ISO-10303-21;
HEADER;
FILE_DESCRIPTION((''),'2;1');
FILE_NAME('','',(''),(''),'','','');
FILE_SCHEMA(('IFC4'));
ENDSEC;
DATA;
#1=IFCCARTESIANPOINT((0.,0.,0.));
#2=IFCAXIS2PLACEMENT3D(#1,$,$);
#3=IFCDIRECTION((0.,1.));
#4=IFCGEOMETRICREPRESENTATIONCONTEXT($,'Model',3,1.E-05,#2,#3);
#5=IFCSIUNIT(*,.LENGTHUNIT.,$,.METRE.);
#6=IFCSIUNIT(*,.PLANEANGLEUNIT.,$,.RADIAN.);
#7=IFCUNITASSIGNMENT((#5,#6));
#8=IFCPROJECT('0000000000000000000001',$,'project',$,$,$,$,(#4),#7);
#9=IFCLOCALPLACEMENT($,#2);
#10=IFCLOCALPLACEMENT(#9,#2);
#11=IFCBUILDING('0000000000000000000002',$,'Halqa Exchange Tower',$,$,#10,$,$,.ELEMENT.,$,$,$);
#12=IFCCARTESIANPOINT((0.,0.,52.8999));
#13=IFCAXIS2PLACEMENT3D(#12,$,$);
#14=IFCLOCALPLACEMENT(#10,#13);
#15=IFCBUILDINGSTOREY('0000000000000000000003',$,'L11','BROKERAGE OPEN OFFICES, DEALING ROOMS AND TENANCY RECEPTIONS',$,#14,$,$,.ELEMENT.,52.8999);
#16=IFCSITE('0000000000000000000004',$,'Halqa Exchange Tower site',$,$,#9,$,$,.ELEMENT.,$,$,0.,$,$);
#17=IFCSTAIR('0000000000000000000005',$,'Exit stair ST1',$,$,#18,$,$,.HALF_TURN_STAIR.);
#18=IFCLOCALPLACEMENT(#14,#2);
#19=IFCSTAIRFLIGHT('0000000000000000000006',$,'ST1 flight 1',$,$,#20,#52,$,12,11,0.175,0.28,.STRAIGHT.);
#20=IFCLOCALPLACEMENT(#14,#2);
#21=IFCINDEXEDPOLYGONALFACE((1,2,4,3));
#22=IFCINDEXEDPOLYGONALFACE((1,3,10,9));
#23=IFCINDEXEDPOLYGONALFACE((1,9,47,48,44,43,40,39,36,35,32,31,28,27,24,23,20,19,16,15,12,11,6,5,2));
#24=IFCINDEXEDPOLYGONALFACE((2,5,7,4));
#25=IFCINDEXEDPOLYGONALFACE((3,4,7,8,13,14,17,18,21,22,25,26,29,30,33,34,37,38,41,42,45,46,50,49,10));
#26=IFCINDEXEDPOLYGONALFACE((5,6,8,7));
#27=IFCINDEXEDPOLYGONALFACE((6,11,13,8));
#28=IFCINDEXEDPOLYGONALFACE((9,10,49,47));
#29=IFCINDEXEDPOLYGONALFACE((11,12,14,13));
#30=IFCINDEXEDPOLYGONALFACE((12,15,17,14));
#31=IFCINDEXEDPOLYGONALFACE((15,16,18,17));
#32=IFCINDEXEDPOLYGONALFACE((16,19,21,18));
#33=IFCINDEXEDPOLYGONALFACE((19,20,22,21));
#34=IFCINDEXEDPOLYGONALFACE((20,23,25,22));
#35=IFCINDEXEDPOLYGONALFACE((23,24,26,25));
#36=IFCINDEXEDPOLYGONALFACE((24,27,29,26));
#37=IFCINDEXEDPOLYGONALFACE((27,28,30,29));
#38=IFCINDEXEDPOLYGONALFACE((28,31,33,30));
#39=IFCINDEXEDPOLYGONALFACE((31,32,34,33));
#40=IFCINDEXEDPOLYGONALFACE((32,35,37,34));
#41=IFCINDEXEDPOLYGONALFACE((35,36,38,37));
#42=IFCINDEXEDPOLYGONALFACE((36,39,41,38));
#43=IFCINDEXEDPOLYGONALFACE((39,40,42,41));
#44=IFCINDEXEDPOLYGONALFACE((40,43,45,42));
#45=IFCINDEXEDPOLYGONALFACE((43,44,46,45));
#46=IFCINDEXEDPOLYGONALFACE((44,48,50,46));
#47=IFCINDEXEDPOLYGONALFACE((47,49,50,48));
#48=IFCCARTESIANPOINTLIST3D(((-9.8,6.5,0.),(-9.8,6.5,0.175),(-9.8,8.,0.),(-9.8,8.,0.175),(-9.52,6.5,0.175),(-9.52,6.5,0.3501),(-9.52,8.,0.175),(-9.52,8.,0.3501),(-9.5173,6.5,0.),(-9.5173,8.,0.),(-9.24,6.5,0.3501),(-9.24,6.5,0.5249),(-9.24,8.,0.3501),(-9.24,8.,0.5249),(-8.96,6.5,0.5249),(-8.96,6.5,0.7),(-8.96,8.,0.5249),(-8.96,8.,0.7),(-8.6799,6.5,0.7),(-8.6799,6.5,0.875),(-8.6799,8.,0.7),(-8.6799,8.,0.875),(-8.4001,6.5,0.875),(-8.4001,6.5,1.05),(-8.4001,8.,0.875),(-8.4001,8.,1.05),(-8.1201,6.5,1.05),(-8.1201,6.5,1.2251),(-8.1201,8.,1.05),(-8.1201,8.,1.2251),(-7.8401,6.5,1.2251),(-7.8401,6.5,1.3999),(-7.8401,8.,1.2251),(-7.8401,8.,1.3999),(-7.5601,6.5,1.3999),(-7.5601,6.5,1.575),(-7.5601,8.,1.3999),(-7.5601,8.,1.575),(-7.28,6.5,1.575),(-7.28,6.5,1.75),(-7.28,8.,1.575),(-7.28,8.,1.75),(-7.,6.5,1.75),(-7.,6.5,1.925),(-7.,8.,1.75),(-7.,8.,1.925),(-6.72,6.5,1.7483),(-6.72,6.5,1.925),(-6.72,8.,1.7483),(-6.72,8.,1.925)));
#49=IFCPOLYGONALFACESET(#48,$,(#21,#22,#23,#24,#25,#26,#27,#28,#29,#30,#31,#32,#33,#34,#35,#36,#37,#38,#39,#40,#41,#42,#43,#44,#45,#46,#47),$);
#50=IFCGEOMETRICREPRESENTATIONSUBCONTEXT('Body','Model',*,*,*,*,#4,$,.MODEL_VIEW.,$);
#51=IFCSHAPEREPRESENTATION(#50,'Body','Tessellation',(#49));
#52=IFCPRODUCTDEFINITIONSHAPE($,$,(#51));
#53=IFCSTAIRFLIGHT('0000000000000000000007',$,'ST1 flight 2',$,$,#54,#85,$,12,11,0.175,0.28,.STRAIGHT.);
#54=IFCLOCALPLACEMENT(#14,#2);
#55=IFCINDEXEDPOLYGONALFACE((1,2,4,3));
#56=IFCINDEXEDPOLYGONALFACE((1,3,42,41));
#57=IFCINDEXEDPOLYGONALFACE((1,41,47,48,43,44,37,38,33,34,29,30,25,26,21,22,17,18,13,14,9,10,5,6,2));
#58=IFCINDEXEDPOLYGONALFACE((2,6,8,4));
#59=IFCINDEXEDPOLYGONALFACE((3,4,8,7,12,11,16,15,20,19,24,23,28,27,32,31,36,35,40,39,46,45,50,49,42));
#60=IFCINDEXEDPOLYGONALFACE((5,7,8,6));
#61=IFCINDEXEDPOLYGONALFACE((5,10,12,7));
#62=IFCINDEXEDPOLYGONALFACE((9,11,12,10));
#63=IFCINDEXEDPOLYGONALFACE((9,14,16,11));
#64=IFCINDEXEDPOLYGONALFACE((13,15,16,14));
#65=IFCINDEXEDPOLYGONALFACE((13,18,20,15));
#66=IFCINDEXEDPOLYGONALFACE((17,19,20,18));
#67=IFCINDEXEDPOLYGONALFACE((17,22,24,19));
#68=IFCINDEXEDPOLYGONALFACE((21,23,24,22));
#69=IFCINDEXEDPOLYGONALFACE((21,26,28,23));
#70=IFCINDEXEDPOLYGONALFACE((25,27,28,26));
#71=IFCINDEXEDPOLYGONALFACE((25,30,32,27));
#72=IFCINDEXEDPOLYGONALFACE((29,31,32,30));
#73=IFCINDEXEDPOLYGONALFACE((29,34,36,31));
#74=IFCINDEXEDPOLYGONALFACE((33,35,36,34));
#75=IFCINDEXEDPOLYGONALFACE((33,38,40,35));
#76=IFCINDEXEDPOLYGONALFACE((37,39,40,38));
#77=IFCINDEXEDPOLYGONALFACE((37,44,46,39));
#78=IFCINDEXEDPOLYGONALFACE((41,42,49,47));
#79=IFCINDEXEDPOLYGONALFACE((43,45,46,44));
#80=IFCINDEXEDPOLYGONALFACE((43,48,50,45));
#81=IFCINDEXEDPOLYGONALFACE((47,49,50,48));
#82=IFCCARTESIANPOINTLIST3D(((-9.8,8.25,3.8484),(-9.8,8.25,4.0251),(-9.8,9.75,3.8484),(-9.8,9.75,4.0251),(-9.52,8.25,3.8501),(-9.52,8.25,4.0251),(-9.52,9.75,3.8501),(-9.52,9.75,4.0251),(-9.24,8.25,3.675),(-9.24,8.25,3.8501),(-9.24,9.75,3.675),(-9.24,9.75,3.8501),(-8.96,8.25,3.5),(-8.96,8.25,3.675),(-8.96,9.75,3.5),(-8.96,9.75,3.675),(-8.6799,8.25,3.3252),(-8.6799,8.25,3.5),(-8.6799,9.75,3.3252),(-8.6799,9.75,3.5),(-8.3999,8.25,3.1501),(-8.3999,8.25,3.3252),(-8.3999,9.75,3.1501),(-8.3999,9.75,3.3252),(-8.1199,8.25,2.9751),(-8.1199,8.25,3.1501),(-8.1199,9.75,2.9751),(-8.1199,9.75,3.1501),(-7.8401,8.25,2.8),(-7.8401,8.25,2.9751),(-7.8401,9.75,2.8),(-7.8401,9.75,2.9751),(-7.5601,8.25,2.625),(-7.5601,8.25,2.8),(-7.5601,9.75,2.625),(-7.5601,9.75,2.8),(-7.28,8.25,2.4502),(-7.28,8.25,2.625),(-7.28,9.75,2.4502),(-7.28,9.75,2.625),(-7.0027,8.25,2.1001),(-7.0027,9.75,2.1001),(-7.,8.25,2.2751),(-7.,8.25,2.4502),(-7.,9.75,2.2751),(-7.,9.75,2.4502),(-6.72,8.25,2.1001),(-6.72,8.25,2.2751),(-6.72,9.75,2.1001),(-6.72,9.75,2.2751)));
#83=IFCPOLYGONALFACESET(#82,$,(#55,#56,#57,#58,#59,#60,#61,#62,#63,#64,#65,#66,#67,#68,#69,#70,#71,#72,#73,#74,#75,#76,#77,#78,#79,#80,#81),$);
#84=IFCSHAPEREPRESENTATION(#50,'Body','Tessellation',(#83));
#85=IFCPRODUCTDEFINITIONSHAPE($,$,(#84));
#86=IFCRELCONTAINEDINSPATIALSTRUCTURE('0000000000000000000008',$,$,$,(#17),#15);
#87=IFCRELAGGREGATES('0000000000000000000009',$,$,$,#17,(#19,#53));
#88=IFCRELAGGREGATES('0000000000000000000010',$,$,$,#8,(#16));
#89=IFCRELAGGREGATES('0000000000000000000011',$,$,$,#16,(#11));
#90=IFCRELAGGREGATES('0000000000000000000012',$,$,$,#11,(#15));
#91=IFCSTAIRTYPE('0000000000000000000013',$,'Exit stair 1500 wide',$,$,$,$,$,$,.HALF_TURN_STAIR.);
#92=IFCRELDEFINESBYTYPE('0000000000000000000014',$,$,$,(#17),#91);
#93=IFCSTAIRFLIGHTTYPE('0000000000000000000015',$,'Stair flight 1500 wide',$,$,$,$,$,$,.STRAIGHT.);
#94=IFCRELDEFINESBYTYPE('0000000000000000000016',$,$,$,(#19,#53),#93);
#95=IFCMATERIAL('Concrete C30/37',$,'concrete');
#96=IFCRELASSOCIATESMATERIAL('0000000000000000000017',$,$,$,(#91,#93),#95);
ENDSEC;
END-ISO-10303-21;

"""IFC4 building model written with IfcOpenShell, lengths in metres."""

from ifc_helpers import new_model, si_unit, direction, frame, origin, place, context, subcontext, project, spatial, polyline, outline, extrude, material, type_object, element, aggregate, save


model = new_model("IFC4")

# Units and contexts
model_context = context("Model", 3, precision=1e-05, world=origin(), true_north=direction((0.0, 1.0)))
body_context = subcontext(model_context, "Body", "Model", "MODEL_VIEW")
ifc_project = project(units=[si_unit("LENGTHUNIT", "METRE"), si_unit("PLANEANGLEUNIT", "RADIAN")], contexts=[model_context])

# Site, building, storey
site_placement = place(None, origin())
site = spatial("IfcSite", under=ifc_project, at=site_placement, Name="Halqa Exchange Tower site", CompositionType="ELEMENT", RefElevation=0.0)
building_placement = place(site_placement, origin())
building = spatial("IfcBuilding", under=site, at=building_placement, Name="Halqa Exchange Tower", CompositionType="ELEMENT")
storey_placement = place(building_placement, frame((0.0, 0.0, 52.8999)))
storey = spatial("IfcBuildingStorey", under=building, at=storey_placement, Name="L11", Description="BROKERAGE OPEN OFFICES, DEALING ROOMS AND TENANCY RECEPTIONS", CompositionType="ELEMENT", Elevation=52.8999)

# Shared definitions
ifc_material_1 = material(Name="Concrete C30/37", Category="concrete")

# Stair, stair flights
stair_type = type_object("IfcStairType", Name="Exit stair 1500 wide", PredefinedType="HALF_TURN_STAIR", material=ifc_material_1)
stair_placement = place(storey_placement, origin())
stair = element("IfcStair", 1, at=stair_placement, inside=storey, type_object=stair_type, Name="Exit stair ST1", PredefinedType="HALF_TURN_STAIR")
stair_flight_type = type_object("IfcStairFlightType", Name="Stair flight 1500 wide", PredefinedType="STRAIGHT", material=ifc_material_1)
stair_flight_1_placement = place(storey_placement, frame((-9.8, 7.25, 0.0), z_axis=(0.0, 0.0, 1.0), x_axis=(1.0, 0.0, 0.0)))
stair_flight_1 = element("IfcStairFlight", 2, at=stair_flight_1_placement, type_object=stair_flight_type, Name="ST1 flight 1", NumberOfRisers=12, NumberOfTreads=11, PredefinedType="STRAIGHT", RiserHeight=0.175, TreadLength=0.28, context=body_context, shape_type="SweptSolid", body=[
    extrude(outline(polyline([(0.0, 0.0), (0.0, 0.175), (0.28, 0.175), (0.28, 0.3501), (0.5601, 0.3501), (0.5601, 0.5249), (0.8401, 0.5249), (0.8401, 0.7), (1.1201, 0.7), (1.1201, 0.875), (1.3999, 0.875), (1.3999, 1.05), (1.6799, 1.05), (1.6799, 1.2251), (1.96, 1.2251), (1.96, 1.3999), (2.24, 1.3999), (2.24, 1.575), (2.52, 1.575), (2.52, 1.75), (2.8, 1.75), (2.8, 1.925), (3.0801, 1.925), (3.0801, 2.1001), (3.0801, 1.7483), (0.2827, 0.0), (0.0, 0.0)])), frame((0.0, 0.75, 0.0), z_axis=(0.0, -1.0, 0.0), x_axis=(1.0, 0.0, 0.0)), (0.0, 0.0, 1.0), 1.5),
])
stair_flight_2_placement = place(storey_placement, frame((-6.72, 9.0, 2.1001), z_axis=(0.0, 0.0, 1.0), x_axis=(-1.0, 0.0, 0.0)))
stair_flight_2 = element("IfcStairFlight", 3, at=stair_flight_2_placement, type_object=stair_flight_type, Name="ST1 flight 2", NumberOfRisers=12, NumberOfTreads=11, PredefinedType="STRAIGHT", RiserHeight=0.175, TreadLength=0.28, context=body_context, shape_type="SweptSolid", body=[
    extrude(outline(polyline([(0.0, 0.0), (0.0, 0.175), (0.28, 0.175), (0.28, 0.3501), (0.5601, 0.3501), (0.5601, 0.5249), (0.8401, 0.5249), (0.8401, 0.7), (1.1201, 0.7), (1.1201, 0.875), (1.3999, 0.875), (1.3999, 1.05), (1.6799, 1.05), (1.6799, 1.2251), (1.96, 1.2251), (1.96, 1.3999), (2.24, 1.3999), (2.24, 1.575), (2.52, 1.575), (2.52, 1.75), (2.8, 1.75), (2.8, 1.925), (3.0801, 1.925), (3.0801, 2.1001), (3.0801, 1.7483), (0.2827, 0.0), (0.0, 0.0)])), frame((0.0, 0.75, 0.0), z_axis=(0.0, -1.0, 0.0), x_axis=(1.0, 0.0, 0.0)), (0.0, 0.0, 1.0), 1.5),
])
aggregate(stair, [stair_flight_1, stair_flight_2])

save(model, "model.ifc")
